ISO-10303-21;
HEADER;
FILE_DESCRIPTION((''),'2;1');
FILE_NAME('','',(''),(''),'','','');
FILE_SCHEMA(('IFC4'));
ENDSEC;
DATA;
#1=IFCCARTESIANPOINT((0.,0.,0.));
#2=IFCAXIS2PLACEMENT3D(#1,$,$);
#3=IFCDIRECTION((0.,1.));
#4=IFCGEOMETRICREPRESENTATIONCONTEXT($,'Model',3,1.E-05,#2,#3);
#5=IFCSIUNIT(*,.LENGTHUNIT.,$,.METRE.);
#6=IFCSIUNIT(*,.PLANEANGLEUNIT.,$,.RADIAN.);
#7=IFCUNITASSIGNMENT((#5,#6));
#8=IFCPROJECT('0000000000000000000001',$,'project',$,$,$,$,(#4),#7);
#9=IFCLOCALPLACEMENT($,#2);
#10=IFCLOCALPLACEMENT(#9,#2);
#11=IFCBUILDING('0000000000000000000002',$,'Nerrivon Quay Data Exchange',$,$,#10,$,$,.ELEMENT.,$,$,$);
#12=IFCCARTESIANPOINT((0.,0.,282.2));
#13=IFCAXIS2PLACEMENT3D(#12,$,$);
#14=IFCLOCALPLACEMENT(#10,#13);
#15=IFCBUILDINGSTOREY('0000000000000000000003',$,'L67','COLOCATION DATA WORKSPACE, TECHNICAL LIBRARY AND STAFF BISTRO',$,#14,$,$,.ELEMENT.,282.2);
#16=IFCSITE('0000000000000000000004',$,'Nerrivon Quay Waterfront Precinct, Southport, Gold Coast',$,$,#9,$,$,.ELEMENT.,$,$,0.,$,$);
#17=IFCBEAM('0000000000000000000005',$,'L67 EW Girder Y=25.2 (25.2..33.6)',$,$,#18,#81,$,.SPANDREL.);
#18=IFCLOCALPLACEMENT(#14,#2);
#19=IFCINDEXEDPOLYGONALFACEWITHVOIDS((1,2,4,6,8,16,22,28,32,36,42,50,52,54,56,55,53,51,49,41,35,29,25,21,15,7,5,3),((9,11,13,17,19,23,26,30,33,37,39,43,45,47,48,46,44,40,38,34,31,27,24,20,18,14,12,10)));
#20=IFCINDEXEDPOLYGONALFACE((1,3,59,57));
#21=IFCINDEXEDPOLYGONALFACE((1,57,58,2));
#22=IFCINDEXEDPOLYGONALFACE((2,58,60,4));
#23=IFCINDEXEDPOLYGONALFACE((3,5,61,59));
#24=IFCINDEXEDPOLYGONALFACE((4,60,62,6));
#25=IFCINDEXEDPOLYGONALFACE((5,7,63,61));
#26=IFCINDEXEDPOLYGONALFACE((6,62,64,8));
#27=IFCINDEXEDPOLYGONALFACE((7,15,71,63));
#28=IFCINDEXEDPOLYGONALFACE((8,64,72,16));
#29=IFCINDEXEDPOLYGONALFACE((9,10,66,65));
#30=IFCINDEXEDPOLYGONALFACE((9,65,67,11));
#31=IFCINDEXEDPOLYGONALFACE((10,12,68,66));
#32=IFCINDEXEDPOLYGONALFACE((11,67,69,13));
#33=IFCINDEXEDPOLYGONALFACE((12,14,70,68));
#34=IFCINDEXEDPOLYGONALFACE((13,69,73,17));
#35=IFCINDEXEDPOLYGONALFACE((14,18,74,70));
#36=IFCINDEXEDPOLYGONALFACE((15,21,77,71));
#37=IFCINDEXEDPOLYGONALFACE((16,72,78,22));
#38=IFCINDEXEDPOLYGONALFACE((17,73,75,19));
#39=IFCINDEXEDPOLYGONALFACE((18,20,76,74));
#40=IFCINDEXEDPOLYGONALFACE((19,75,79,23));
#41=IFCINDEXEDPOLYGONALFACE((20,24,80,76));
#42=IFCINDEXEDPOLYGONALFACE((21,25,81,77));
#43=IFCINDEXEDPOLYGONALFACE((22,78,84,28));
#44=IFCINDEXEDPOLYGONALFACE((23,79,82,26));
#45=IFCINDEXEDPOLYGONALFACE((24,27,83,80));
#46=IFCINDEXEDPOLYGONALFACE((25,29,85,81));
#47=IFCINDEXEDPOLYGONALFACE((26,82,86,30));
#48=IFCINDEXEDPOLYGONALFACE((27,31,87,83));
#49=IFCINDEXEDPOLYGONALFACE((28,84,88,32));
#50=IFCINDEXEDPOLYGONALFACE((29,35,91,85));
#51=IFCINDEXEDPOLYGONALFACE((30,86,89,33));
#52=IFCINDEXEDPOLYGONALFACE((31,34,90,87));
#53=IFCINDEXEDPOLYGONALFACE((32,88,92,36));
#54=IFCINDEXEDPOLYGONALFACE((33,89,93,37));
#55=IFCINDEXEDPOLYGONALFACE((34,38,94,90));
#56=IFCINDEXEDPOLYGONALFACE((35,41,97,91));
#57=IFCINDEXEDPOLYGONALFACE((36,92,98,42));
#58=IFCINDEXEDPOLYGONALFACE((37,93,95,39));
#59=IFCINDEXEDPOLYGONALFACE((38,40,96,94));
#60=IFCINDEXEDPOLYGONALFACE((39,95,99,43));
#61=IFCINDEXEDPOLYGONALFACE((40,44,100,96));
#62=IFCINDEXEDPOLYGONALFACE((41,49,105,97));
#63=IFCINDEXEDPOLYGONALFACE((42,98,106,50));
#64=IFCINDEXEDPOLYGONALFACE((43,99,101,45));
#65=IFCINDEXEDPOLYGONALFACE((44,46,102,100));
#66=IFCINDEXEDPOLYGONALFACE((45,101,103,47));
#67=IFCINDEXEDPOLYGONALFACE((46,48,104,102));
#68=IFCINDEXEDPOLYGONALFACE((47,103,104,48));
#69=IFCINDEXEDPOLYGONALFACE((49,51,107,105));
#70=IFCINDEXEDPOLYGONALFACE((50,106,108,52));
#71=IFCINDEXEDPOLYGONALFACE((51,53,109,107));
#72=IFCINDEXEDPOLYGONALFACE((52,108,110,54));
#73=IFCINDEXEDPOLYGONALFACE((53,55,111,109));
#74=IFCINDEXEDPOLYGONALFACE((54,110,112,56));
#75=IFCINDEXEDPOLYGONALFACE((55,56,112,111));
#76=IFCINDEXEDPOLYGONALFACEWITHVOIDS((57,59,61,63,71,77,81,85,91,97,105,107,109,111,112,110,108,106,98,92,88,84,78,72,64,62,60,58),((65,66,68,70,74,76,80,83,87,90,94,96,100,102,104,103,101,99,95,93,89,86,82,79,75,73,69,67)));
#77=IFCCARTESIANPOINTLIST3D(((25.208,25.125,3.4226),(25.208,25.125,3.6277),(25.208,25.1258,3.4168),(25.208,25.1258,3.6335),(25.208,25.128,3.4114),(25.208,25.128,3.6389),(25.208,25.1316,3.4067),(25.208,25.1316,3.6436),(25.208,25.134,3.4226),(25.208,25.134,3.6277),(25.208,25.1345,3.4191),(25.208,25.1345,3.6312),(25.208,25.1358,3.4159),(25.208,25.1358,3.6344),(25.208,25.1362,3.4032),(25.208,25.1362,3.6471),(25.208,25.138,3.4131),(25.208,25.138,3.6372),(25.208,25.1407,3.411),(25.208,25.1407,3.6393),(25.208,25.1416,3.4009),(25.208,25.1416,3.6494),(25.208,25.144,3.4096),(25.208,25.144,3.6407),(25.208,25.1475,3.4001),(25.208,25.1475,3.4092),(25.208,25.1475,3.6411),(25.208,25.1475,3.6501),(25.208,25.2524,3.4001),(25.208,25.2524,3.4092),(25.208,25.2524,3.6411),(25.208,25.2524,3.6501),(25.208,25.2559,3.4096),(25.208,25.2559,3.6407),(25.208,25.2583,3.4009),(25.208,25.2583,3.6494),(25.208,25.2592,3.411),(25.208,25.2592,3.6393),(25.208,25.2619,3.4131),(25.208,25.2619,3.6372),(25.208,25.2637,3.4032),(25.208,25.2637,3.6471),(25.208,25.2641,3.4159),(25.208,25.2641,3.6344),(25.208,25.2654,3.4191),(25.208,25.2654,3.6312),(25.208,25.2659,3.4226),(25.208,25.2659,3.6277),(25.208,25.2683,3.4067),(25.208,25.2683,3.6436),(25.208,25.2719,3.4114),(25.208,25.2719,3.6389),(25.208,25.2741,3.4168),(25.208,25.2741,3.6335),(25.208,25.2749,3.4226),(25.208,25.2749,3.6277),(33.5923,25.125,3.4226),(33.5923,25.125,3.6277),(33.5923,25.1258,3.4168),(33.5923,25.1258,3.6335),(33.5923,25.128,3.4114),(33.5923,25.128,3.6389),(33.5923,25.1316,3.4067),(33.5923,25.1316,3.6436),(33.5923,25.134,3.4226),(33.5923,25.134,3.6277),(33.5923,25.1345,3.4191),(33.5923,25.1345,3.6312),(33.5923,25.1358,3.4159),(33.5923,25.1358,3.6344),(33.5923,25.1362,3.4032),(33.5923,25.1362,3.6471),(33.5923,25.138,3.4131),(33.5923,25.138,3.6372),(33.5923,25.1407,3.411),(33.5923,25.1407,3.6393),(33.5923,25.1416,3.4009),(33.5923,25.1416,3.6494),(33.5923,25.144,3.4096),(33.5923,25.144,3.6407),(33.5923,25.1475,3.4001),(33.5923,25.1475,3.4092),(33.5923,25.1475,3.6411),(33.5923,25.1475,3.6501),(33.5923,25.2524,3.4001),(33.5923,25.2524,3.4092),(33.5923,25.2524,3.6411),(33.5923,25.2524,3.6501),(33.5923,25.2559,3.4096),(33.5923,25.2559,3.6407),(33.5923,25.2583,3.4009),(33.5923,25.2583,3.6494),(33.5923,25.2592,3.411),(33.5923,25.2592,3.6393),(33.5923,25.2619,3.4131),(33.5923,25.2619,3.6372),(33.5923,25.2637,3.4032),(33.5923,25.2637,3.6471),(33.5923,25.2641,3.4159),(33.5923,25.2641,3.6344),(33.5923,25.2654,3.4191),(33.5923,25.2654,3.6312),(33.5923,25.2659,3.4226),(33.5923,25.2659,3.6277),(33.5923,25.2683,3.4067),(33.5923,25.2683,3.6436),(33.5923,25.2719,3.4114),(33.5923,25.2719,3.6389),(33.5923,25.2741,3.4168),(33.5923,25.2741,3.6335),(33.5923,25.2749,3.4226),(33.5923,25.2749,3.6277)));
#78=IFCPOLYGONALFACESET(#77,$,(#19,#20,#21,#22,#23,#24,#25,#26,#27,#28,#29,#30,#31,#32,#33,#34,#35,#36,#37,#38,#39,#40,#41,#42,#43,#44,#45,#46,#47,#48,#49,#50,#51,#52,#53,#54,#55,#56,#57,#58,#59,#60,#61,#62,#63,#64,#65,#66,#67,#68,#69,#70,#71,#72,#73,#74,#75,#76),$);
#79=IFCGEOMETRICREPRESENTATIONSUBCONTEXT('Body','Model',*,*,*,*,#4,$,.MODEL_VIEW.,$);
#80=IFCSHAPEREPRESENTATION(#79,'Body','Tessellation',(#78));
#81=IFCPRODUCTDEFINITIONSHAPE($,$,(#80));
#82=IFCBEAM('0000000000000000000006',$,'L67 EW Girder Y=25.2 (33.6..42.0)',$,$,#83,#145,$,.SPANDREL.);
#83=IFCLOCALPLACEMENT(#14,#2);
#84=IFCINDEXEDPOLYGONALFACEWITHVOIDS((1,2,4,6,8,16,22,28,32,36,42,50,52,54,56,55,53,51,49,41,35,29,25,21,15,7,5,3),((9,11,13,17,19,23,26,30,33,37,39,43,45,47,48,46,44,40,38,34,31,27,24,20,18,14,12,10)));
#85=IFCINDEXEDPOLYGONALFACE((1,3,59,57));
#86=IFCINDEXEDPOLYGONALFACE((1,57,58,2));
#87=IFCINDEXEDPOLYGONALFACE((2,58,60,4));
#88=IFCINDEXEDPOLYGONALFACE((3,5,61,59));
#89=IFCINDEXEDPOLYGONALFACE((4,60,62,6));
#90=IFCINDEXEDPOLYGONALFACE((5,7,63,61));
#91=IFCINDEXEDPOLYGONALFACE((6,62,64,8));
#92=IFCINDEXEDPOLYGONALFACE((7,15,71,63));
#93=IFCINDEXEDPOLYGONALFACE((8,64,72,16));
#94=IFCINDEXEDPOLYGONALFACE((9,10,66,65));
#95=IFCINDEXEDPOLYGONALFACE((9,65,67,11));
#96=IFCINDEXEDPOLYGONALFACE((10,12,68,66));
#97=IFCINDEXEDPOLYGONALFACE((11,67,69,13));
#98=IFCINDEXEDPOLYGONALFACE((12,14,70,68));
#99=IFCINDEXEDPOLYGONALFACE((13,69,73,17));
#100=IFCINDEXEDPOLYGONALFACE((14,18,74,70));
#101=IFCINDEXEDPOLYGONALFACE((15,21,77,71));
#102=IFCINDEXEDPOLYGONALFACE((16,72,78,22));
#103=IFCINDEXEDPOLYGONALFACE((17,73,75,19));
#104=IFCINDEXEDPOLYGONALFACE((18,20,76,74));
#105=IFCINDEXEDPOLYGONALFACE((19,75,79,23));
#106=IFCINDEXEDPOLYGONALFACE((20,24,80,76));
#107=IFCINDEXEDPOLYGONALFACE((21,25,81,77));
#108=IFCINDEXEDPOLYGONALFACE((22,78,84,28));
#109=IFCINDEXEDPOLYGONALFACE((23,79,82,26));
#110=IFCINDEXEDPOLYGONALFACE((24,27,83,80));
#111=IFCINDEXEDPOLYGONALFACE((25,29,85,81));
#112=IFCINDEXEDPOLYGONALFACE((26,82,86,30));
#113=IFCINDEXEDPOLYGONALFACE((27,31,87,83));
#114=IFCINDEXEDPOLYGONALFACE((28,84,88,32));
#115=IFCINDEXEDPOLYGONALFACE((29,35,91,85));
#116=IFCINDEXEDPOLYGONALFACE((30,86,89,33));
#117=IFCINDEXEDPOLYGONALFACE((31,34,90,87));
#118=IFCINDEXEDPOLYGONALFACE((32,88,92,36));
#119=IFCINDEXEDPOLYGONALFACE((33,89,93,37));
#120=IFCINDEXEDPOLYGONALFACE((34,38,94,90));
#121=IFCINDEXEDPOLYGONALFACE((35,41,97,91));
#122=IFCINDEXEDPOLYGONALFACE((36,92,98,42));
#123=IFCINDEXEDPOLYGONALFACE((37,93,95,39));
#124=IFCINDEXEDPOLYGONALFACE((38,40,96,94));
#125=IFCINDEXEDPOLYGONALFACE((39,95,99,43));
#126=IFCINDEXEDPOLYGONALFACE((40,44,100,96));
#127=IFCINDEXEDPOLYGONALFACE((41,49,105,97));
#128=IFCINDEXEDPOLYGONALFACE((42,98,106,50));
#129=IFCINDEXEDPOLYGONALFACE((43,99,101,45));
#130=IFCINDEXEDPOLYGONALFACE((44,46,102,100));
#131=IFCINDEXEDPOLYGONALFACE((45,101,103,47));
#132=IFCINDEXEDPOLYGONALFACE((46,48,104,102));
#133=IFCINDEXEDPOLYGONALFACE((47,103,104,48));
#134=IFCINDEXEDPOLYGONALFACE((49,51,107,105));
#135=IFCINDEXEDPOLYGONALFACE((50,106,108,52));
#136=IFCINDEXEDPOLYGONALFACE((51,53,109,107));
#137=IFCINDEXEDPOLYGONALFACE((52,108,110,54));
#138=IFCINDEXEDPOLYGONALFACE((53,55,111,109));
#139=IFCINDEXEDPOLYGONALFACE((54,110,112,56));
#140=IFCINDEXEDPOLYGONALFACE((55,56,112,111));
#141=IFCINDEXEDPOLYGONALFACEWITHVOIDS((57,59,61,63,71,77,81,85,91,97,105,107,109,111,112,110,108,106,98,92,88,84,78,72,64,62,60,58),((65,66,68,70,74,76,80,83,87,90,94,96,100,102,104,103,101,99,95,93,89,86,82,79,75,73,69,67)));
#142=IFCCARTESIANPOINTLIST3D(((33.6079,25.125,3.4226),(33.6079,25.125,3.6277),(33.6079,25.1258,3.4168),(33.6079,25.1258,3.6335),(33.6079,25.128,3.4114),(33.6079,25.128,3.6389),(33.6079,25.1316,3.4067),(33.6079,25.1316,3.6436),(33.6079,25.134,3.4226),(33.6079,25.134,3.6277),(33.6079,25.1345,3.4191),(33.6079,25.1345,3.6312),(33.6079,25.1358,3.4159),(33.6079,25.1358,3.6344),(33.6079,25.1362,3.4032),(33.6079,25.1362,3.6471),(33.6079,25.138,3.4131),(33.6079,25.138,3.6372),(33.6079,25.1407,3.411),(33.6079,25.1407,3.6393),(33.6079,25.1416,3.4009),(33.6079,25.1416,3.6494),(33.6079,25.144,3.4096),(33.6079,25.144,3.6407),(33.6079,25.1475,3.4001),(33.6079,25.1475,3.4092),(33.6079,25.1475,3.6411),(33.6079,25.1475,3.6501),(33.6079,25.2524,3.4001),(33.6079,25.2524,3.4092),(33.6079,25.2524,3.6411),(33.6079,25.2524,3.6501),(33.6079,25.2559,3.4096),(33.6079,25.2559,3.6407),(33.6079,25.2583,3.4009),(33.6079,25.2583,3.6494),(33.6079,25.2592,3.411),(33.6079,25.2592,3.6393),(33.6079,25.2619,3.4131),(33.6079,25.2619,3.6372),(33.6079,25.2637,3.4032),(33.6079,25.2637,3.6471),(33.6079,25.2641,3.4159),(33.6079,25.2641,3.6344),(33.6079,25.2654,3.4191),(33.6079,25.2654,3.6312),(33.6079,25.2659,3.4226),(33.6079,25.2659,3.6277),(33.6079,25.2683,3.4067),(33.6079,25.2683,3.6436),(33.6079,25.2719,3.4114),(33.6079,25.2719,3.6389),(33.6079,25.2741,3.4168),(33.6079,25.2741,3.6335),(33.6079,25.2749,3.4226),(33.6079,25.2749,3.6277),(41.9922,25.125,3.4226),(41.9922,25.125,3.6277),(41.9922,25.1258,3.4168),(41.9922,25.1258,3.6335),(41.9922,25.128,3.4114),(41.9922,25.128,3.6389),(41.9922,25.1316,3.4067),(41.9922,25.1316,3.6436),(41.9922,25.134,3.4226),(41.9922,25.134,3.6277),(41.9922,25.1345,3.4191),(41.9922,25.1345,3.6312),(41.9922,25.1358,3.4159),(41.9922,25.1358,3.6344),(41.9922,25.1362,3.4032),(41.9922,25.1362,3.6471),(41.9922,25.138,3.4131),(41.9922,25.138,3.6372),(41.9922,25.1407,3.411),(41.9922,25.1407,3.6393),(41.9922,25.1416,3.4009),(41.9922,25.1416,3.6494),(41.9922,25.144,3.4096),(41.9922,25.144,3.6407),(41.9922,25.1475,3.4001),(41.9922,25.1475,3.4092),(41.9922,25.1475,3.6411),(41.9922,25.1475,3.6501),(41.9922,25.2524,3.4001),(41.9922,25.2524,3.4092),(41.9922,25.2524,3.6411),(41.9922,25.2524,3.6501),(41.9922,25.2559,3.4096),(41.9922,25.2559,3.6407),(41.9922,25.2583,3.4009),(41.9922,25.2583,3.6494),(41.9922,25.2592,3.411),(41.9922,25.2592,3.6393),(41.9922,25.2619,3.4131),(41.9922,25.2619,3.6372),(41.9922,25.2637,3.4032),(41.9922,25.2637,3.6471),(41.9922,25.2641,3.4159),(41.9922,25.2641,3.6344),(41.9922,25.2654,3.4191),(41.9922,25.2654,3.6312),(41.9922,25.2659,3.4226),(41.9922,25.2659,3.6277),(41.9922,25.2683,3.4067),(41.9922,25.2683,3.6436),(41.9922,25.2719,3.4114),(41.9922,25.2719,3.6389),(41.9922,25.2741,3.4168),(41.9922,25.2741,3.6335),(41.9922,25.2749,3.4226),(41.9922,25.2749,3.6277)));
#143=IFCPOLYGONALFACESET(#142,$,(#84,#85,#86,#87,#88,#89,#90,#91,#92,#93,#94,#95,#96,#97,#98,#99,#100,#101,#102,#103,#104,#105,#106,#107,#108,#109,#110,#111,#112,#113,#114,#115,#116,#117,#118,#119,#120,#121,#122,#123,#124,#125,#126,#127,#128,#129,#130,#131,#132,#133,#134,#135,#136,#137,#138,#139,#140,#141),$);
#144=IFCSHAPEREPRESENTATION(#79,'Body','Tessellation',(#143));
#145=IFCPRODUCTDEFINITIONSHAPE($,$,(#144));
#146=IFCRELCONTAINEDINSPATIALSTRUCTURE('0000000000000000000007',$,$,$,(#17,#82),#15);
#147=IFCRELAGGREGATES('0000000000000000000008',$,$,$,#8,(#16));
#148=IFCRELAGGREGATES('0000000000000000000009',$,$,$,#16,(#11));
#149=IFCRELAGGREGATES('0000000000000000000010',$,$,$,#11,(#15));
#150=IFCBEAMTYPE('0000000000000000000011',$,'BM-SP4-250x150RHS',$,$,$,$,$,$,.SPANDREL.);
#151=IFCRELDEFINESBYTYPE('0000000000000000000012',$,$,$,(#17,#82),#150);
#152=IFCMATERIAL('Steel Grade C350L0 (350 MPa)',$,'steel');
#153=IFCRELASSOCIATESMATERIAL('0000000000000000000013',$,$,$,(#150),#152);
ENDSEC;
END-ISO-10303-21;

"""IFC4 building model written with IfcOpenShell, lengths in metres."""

from ifc_helpers import new_model, si_unit, direction, frame, origin, origin_2d, place, context, subcontext, project, spatial, hollow_rectangle, extrude, material, material_profile, profile_set, type_object, element, save


model = new_model("IFC4")

# Units and contexts
model_context = context("Model", 3, precision=1e-05, world=origin(), true_north=direction((0.0, 1.0)))
body_context = subcontext(model_context, "Body", "Model", "MODEL_VIEW")
ifc_project = project(units=[si_unit("LENGTHUNIT", "METRE"), si_unit("PLANEANGLEUNIT", "RADIAN")], contexts=[model_context])

# Site, building, storey
site_placement = place(None, origin())
site = spatial("IfcSite", under=ifc_project, at=site_placement, Name="Nerrivon Quay Waterfront Precinct, Southport, Gold Coast", CompositionType="ELEMENT", RefElevation=0.0)
building_placement = place(site_placement, origin())
building = spatial("IfcBuilding", under=site, at=building_placement, Name="Nerrivon Quay Data Exchange", CompositionType="ELEMENT")
storey_placement = place(building_placement, frame((0.0, 0.0, 282.2)))
storey = spatial("IfcBuildingStorey", under=building, at=storey_placement, Name="L67", Description="COLOCATION DATA WORKSPACE, TECHNICAL LIBRARY AND STAFF BISTRO", CompositionType="ELEMENT", Elevation=282.2)

# Beams
ifc_material_1 = material(Name="Steel Grade C350L0 (350 MPa)", Category="steel")
ifc_material_profile_1 = material_profile(ifc_material_1, hollow_rectangle(XDim=0.1499, YDim=0.25, WallThickness=0.009, InnerFilletRadius=0.0134, OuterFilletRadius=0.0225, at=origin_2d()), Name="250x150x9.0RHS")
ifc_profile_set_1 = profile_set([ifc_material_profile_1], Name="Steel Grade C350L0 (350 MPa)")
beam_type = type_object("IfcBeamType", Name="BM-SP4-250x150RHS", PredefinedType="SPANDREL", material=ifc_profile_set_1)
for number, where, z_axis, x_axis, name in (
    (1, (25.208, 25.2, 3.5251), (1.0, 0.0, 0.0), (0.0, 1.0, 0.0), "L67 EW Girder Y=25.2 (25.2..33.6)"),
    (2, (33.6079, 25.2, 3.5251), (1.0, 0.0, 0.0), (0.0, 1.0, 0.0), "L67 EW Girder Y=25.2 (33.6..42.0)"),
):
    element("IfcBeam", number, at=place(storey_placement, frame(where, z_axis=z_axis, x_axis=x_axis)), inside=storey, type_object=beam_type, Name=name, PredefinedType="SPANDREL", context=body_context, shape_type="SweptSolid", body=[
        extrude(hollow_rectangle(XDim=0.1499, YDim=0.25, WallThickness=0.009, InnerFilletRadius=0.0134, OuterFilletRadius=0.0225, at=origin_2d()), origin(), (0.0, 0.0, 1.0), 8.3843),
    ])

save(model, "model.ifc")
